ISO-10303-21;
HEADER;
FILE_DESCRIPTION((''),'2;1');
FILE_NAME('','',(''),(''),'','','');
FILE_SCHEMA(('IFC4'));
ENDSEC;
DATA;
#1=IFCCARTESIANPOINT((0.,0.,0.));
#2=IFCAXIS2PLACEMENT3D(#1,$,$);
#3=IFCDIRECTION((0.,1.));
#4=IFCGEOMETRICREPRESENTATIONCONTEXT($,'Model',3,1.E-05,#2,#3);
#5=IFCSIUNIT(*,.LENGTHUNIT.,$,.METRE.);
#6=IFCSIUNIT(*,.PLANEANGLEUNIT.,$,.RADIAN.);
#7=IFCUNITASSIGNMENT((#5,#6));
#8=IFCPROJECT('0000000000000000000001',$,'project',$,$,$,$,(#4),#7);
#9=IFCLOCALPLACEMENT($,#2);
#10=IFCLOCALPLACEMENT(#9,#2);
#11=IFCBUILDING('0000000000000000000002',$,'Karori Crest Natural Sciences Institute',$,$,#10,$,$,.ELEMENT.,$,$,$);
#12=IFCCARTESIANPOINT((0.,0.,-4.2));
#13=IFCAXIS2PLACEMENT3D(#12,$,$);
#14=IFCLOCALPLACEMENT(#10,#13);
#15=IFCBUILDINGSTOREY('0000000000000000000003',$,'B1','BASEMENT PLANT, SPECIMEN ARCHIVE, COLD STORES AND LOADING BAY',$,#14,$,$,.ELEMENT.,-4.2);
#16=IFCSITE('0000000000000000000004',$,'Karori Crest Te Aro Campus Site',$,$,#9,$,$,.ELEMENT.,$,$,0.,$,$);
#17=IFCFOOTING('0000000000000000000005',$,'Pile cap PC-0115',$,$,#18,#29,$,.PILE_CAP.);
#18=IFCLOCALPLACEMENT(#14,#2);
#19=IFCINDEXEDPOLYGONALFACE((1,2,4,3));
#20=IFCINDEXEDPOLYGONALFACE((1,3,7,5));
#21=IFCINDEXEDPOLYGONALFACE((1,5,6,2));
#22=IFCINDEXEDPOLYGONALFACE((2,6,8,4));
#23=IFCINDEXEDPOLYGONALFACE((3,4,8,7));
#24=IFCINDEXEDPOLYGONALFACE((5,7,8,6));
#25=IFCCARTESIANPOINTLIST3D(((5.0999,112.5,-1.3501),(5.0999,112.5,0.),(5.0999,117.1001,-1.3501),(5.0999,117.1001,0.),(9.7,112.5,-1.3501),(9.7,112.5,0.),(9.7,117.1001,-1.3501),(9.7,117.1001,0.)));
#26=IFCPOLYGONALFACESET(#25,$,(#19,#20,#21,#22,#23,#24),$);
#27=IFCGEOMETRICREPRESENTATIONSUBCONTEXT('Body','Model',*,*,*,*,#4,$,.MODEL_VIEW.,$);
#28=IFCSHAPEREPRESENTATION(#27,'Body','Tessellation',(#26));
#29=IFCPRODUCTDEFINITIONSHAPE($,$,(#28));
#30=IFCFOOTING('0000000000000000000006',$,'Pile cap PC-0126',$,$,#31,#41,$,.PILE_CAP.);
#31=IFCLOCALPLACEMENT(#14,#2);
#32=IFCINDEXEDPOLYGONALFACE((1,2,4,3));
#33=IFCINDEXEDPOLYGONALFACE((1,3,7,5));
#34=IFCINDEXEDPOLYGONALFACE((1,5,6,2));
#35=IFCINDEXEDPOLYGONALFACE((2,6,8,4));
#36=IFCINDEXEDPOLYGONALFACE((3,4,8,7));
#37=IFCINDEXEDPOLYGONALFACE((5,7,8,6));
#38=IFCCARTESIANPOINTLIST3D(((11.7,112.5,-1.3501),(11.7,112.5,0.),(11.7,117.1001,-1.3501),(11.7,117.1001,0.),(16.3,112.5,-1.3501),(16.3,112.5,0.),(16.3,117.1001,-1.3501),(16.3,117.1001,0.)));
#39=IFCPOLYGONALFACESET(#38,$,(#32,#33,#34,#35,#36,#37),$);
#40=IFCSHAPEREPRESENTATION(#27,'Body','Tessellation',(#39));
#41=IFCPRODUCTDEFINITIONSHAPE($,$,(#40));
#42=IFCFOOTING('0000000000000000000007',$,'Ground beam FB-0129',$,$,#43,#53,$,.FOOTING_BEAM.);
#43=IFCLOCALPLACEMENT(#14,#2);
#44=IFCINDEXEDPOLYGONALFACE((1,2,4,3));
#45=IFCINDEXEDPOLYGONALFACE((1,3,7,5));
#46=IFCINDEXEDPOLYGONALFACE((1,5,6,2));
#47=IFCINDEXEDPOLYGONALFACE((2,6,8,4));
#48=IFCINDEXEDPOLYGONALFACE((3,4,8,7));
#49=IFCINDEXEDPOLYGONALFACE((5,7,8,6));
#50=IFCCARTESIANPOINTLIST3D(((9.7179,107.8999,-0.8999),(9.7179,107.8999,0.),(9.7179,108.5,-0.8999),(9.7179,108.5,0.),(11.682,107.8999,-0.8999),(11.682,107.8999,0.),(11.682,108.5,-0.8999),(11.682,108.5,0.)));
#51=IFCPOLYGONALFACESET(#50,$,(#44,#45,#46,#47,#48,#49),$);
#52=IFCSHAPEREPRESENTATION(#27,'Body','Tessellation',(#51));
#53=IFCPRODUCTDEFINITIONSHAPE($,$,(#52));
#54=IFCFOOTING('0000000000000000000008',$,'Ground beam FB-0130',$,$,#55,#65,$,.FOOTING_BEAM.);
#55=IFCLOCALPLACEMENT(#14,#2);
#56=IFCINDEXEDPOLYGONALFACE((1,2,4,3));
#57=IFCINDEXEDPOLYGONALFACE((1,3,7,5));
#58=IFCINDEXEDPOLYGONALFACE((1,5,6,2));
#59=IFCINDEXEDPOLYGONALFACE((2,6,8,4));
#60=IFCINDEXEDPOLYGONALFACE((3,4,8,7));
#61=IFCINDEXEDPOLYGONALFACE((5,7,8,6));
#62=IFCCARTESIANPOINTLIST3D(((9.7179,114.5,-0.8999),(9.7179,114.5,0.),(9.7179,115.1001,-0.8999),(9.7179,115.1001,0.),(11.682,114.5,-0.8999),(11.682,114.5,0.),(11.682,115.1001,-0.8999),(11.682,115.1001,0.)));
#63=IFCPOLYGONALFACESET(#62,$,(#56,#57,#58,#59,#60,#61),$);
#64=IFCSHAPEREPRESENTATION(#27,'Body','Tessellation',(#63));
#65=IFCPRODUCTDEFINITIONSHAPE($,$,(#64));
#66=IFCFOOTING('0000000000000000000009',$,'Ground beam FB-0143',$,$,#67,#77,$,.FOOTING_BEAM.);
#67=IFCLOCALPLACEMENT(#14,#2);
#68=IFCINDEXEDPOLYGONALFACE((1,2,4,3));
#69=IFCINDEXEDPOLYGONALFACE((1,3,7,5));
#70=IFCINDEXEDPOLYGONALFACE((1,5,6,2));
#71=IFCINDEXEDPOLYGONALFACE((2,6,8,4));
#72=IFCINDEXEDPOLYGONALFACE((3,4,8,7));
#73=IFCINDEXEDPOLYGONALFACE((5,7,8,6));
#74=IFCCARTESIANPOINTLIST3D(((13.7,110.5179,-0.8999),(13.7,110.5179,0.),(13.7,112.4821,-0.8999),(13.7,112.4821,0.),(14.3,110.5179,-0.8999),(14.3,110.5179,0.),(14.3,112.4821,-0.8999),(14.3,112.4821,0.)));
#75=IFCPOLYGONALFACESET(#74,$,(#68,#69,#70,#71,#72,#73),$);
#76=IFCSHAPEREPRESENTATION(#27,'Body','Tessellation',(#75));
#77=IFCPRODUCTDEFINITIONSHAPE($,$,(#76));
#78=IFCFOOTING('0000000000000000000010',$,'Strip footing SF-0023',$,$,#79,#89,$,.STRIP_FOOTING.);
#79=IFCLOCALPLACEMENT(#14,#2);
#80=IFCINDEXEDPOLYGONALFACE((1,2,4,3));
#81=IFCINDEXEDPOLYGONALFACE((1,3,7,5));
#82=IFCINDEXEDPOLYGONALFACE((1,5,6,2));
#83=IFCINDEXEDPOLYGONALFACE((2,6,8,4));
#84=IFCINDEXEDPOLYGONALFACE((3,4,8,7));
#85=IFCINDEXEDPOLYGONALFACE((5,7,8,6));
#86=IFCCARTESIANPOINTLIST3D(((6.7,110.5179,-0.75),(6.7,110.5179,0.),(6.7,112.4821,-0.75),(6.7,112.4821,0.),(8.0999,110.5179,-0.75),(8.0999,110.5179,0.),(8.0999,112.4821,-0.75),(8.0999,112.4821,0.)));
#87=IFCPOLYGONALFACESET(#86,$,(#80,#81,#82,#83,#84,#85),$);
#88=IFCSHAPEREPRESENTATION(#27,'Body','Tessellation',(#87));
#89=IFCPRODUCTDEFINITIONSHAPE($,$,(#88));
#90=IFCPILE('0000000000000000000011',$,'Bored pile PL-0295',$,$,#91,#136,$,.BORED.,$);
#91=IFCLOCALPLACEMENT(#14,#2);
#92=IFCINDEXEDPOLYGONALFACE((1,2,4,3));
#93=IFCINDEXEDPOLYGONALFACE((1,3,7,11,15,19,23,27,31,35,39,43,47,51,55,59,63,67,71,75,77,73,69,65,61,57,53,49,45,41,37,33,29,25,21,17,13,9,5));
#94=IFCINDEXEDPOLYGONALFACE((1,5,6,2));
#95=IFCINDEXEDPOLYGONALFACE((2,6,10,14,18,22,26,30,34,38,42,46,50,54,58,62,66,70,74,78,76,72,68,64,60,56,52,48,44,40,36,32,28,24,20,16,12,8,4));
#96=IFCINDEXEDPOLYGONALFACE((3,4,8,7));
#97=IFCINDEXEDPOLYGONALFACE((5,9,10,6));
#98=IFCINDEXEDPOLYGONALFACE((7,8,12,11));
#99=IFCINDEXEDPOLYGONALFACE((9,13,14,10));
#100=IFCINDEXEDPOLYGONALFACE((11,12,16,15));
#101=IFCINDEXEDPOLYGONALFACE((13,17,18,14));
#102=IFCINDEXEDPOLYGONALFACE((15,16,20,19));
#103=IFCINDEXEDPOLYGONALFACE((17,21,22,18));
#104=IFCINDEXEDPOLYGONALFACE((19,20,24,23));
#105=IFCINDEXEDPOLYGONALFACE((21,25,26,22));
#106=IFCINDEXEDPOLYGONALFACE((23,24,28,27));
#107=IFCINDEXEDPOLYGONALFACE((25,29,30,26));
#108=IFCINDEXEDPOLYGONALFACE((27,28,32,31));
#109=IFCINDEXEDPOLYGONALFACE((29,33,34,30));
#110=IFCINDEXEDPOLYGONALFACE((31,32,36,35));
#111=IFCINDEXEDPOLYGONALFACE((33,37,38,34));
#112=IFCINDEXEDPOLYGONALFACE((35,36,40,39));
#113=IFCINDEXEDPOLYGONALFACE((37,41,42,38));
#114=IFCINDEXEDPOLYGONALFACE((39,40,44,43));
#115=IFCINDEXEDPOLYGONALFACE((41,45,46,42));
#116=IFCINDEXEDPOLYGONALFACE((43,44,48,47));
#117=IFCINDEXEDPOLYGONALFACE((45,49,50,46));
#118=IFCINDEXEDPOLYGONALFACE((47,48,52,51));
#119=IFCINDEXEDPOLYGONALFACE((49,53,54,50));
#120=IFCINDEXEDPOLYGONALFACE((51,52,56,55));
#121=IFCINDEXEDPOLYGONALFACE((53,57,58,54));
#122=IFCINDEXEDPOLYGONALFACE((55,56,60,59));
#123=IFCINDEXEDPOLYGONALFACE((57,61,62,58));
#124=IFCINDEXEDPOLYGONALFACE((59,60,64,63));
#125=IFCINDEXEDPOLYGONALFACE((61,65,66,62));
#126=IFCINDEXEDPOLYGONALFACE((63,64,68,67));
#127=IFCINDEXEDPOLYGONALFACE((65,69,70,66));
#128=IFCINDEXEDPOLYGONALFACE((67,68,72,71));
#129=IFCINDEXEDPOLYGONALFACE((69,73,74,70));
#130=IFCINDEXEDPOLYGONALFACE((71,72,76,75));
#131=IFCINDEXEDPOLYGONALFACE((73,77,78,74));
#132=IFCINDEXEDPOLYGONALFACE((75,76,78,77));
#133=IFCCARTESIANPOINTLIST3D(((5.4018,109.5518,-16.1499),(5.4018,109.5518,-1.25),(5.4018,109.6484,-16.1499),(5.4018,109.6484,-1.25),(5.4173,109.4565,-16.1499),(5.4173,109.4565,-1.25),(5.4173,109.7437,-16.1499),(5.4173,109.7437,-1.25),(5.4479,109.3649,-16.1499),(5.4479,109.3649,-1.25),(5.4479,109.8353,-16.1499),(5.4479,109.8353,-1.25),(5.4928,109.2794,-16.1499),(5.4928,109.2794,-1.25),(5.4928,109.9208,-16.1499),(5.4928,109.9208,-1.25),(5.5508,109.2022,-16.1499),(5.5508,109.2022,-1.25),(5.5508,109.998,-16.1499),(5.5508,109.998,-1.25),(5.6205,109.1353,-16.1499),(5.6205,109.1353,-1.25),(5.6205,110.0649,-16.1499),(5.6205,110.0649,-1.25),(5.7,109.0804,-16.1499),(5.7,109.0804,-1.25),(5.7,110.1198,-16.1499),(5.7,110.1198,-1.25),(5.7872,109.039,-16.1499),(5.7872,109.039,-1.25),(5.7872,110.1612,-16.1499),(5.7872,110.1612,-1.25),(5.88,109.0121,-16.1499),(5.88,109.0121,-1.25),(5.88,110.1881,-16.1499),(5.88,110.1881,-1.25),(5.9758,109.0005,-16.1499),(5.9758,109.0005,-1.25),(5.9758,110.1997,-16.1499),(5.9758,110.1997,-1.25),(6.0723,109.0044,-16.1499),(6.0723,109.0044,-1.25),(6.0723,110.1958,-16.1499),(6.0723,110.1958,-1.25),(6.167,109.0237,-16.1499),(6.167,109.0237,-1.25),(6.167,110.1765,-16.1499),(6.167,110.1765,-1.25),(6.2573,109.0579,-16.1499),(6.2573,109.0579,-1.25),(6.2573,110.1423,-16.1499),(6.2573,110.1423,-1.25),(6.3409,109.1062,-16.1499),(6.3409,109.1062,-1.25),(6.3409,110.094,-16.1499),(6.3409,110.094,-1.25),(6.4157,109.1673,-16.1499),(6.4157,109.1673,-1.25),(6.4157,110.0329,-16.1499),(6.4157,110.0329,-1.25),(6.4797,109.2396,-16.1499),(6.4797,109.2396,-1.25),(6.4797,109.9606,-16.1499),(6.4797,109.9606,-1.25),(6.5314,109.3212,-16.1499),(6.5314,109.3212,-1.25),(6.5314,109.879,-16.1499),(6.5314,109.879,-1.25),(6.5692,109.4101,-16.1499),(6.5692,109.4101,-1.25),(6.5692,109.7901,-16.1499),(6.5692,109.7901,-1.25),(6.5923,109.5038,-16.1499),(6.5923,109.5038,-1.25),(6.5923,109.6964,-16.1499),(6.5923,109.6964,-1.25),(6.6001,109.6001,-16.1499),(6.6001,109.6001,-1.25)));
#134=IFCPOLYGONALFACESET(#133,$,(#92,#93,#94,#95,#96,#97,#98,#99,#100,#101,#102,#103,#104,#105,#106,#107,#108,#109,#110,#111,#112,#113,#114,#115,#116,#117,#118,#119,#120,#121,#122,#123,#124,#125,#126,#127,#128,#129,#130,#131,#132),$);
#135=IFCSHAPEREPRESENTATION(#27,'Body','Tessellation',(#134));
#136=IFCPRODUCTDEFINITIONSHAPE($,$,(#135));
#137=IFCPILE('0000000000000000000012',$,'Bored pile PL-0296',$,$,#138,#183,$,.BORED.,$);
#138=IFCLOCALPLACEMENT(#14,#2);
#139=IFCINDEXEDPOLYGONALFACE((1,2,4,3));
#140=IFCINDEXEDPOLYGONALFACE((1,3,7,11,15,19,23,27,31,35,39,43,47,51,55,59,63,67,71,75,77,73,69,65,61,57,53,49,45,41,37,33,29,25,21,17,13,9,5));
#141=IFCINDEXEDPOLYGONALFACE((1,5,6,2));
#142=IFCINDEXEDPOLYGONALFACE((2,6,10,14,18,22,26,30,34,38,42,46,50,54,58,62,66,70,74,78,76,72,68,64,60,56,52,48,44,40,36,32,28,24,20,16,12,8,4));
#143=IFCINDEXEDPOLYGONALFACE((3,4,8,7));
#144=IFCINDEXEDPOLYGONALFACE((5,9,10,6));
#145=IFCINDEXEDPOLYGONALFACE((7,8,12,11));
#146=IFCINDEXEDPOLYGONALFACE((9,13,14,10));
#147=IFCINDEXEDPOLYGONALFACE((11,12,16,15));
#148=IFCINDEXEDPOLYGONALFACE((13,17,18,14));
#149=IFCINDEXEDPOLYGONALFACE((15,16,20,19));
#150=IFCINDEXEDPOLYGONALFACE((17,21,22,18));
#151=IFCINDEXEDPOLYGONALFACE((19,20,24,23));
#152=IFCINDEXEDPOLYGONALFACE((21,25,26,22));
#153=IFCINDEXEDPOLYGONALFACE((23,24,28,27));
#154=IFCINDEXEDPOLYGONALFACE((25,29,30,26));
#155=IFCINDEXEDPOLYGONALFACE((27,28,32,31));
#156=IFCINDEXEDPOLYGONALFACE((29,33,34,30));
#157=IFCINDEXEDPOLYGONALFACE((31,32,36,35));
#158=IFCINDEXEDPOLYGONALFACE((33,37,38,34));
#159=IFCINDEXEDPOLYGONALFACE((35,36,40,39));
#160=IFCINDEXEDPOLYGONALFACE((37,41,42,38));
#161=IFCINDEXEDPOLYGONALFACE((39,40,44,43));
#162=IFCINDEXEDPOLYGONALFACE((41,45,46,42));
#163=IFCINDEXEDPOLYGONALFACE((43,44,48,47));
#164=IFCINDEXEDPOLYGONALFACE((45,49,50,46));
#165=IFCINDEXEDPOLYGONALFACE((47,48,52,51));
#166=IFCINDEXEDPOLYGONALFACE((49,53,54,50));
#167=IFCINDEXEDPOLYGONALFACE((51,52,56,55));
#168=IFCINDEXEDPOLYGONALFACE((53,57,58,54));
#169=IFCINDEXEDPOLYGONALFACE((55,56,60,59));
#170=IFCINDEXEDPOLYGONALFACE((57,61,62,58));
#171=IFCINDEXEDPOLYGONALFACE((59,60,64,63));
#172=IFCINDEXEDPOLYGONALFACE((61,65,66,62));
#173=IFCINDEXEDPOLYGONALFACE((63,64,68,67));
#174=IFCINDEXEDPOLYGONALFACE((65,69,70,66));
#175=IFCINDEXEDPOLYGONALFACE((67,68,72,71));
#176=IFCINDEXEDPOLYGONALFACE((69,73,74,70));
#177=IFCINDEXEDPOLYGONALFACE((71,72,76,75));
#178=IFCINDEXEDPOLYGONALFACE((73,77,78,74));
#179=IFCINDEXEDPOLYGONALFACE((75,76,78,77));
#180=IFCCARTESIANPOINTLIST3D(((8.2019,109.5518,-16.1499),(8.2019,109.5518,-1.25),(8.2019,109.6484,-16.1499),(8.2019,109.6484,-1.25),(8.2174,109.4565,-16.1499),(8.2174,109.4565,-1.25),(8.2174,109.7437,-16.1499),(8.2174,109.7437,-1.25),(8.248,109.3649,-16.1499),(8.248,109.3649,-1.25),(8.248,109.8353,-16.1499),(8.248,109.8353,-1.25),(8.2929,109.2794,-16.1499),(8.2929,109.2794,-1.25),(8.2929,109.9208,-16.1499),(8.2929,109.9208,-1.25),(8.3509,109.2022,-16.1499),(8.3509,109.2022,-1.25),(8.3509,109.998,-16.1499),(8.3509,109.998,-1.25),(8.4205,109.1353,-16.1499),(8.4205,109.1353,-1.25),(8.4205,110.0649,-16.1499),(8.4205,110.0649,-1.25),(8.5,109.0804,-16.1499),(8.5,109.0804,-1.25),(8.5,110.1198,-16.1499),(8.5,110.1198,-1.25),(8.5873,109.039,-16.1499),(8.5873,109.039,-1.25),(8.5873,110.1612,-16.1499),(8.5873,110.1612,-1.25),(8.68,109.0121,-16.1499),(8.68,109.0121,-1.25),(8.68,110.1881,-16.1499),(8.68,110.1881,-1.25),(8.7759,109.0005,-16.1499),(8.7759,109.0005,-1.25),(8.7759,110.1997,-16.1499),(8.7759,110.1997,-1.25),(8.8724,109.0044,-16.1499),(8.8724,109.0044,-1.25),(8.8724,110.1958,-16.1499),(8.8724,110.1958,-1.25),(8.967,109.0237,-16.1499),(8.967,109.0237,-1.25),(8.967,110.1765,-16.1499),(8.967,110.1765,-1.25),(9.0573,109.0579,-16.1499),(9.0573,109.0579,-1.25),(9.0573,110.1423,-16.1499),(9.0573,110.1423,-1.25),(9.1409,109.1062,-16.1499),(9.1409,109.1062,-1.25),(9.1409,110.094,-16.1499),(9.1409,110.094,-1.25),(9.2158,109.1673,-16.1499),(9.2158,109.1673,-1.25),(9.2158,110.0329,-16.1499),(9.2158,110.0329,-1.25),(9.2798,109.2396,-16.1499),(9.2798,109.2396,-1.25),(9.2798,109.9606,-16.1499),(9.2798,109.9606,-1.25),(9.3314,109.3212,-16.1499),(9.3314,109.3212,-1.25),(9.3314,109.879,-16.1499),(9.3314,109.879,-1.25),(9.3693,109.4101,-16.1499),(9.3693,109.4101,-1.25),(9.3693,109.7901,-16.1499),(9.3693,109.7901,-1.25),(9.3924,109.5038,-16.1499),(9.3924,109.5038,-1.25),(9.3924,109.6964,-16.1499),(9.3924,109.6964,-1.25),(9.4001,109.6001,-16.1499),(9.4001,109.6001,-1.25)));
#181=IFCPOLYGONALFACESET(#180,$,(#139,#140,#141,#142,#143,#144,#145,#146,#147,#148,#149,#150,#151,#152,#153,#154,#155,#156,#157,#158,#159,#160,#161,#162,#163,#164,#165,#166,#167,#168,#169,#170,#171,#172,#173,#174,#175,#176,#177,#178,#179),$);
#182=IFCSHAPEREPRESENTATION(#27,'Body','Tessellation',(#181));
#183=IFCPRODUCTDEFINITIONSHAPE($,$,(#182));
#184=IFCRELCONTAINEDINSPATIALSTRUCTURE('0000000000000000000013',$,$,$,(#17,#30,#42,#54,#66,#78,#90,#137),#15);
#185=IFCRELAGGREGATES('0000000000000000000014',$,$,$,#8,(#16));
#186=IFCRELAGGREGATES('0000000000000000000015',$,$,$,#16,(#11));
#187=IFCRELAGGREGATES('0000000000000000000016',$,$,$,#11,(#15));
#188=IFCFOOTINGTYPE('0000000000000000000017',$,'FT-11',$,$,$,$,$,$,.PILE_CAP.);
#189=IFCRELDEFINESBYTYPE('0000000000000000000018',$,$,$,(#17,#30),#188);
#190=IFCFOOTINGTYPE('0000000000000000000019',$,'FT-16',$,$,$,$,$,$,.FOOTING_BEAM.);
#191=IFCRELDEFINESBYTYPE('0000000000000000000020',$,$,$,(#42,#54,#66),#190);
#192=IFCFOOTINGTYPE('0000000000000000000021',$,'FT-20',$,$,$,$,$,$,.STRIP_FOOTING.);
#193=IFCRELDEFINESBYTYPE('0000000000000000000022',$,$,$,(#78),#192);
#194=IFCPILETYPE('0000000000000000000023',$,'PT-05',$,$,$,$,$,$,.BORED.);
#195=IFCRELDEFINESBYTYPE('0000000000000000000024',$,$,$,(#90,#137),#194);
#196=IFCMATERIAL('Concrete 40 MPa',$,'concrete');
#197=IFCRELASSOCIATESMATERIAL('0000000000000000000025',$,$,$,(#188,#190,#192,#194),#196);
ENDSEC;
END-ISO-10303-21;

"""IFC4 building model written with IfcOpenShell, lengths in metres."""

from ifc_helpers import new_model, si_unit, direction, frame, origin, origin_2d, place, context, subcontext, project, spatial, rectangle, circle, extrude, material, material_profile, profile_set, type_object, element, save


model = new_model("IFC4")

# Units and contexts
model_context = context("Model", 3, precision=1e-05, world=origin(), true_north=direction((0.0, 1.0)))
body_context = subcontext(model_context, "Body", "Model", "MODEL_VIEW")
ifc_project = project(units=[si_unit("LENGTHUNIT", "METRE"), si_unit("PLANEANGLEUNIT", "RADIAN")], contexts=[model_context])

# Site, building, storey
site_placement = place(None, origin())
site = spatial("IfcSite", under=ifc_project, at=site_placement, Name="Karori Crest Te Aro Campus Site", CompositionType="ELEMENT", RefElevation=0.0)
building_placement = place(site_placement, origin())
building = spatial("IfcBuilding", under=site, at=building_placement, Name="Karori Crest Natural Sciences Institute", CompositionType="ELEMENT")
storey_placement = place(building_placement, frame((0.0, 0.0, -4.2)))
storey = spatial("IfcBuildingStorey", under=building, at=storey_placement, Name="B1", Description="BASEMENT PLANT, SPECIMEN ARCHIVE, COLD STORES AND LOADING BAY", CompositionType="ELEMENT", Elevation=-4.2)

# Footings
ifc_material_1 = material(Name="Concrete 40 MPa", Category="concrete")
footing_type_1 = type_object("IfcFootingType", Name="FT-11", PredefinedType="PILE_CAP", material=ifc_material_1)
for number, where, z_axis, x_axis, name in (
    (1, (7.3999, 114.8, -1.3501), (0.0, 0.0, 1.0), (1.0, 0.0, 0.0), "Pile cap PC-0115"),
    (2, (14.0, 114.8, -1.3501), (0.0, 0.0, 1.0), (1.0, 0.0, 0.0), "Pile cap PC-0126"),
):
    element("IfcFooting", number, at=place(storey_placement, frame(where, z_axis=z_axis, x_axis=x_axis)), inside=storey, type_object=footing_type_1, Name=name, PredefinedType="PILE_CAP", context=body_context, shape_type="SweptSolid", body=[
        extrude(rectangle(XDim=4.6001, YDim=4.6001, at=origin_2d()), origin(), (0.0, 0.0, 1.0), 1.3501),
    ])
footing_type_2 = type_object("IfcFootingType", Name="FT-16", PredefinedType="FOOTING_BEAM", material=ifc_material_1)
for number, where, z_axis, x_axis, name in (
    (3, (10.7, 108.2, -0.8999), (0.0, 0.0, 1.0), (1.0, 0.0, 0.0), "Ground beam FB-0129"),
    (4, (10.7, 114.8, -0.8999), (0.0, 0.0, 1.0), (1.0, 0.0, 0.0), "Ground beam FB-0130"),
    (5, (14.0, 111.5, -0.8999), (0.0, 0.0, 1.0), (0.0, 1.0, 0.0), "Ground beam FB-0143"),
):
    element("IfcFooting", number, at=place(storey_placement, frame(where, z_axis=z_axis, x_axis=x_axis)), inside=storey, type_object=footing_type_2, Name=name, PredefinedType="FOOTING_BEAM", context=body_context, shape_type="SweptSolid", body=[
        extrude(rectangle(XDim=1.9641, YDim=0.6001, at=origin_2d()), origin(), (0.0, 0.0, 1.0), 0.8999),
    ])
footing_type_3 = type_object("IfcFootingType", Name="FT-20", PredefinedType="STRIP_FOOTING", material=ifc_material_1)
footing_placement = place(storey_placement, frame((7.3999, 111.5, -0.75), z_axis=(0.0, 0.0, 1.0), x_axis=(0.0, 1.0, 0.0)))
element("IfcFooting", 6, at=footing_placement, inside=storey, type_object=footing_type_3, Name="Strip footing SF-0023", PredefinedType="STRIP_FOOTING", context=body_context, shape_type="SweptSolid", body=[
    extrude(rectangle(XDim=1.9641, YDim=1.3999, at=origin_2d()), origin(), (0.0, 0.0, 1.0), 0.75),
])

# Piles
ifc_material_profile_1 = material_profile(ifc_material_1, circle(Radius=0.6001, at=origin_2d()), Name="PILE1200")
ifc_profile_set_1 = profile_set([ifc_material_profile_1], Name="Concrete 40 MPa")
pile_type = type_object("IfcPileType", Name="PT-05", PredefinedType="BORED", material=ifc_profile_set_1)
for number, where, z_axis, x_axis, name in (
    (7, (6.0, 109.6001, -1.25), (0.0, 0.0, -1.0), (1.0, 0.0, 0.0), "Bored pile PL-0295"),
    (8, (8.8, 109.6001, -1.25), (0.0, 0.0, -1.0), (1.0, 0.0, 0.0), "Bored pile PL-0296"),
):
    element("IfcPile", number, at=place(storey_placement, frame(where, z_axis=z_axis, x_axis=x_axis)), inside=storey, type_object=pile_type, Name=name, PredefinedType="BORED", context=body_context, shape_type="SweptSolid", body=[
        extrude(circle(Radius=0.6001, at=origin_2d()), origin(), (0.0, 0.0, 1.0), 14.8999),
    ])

save(model, "model.ifc")
